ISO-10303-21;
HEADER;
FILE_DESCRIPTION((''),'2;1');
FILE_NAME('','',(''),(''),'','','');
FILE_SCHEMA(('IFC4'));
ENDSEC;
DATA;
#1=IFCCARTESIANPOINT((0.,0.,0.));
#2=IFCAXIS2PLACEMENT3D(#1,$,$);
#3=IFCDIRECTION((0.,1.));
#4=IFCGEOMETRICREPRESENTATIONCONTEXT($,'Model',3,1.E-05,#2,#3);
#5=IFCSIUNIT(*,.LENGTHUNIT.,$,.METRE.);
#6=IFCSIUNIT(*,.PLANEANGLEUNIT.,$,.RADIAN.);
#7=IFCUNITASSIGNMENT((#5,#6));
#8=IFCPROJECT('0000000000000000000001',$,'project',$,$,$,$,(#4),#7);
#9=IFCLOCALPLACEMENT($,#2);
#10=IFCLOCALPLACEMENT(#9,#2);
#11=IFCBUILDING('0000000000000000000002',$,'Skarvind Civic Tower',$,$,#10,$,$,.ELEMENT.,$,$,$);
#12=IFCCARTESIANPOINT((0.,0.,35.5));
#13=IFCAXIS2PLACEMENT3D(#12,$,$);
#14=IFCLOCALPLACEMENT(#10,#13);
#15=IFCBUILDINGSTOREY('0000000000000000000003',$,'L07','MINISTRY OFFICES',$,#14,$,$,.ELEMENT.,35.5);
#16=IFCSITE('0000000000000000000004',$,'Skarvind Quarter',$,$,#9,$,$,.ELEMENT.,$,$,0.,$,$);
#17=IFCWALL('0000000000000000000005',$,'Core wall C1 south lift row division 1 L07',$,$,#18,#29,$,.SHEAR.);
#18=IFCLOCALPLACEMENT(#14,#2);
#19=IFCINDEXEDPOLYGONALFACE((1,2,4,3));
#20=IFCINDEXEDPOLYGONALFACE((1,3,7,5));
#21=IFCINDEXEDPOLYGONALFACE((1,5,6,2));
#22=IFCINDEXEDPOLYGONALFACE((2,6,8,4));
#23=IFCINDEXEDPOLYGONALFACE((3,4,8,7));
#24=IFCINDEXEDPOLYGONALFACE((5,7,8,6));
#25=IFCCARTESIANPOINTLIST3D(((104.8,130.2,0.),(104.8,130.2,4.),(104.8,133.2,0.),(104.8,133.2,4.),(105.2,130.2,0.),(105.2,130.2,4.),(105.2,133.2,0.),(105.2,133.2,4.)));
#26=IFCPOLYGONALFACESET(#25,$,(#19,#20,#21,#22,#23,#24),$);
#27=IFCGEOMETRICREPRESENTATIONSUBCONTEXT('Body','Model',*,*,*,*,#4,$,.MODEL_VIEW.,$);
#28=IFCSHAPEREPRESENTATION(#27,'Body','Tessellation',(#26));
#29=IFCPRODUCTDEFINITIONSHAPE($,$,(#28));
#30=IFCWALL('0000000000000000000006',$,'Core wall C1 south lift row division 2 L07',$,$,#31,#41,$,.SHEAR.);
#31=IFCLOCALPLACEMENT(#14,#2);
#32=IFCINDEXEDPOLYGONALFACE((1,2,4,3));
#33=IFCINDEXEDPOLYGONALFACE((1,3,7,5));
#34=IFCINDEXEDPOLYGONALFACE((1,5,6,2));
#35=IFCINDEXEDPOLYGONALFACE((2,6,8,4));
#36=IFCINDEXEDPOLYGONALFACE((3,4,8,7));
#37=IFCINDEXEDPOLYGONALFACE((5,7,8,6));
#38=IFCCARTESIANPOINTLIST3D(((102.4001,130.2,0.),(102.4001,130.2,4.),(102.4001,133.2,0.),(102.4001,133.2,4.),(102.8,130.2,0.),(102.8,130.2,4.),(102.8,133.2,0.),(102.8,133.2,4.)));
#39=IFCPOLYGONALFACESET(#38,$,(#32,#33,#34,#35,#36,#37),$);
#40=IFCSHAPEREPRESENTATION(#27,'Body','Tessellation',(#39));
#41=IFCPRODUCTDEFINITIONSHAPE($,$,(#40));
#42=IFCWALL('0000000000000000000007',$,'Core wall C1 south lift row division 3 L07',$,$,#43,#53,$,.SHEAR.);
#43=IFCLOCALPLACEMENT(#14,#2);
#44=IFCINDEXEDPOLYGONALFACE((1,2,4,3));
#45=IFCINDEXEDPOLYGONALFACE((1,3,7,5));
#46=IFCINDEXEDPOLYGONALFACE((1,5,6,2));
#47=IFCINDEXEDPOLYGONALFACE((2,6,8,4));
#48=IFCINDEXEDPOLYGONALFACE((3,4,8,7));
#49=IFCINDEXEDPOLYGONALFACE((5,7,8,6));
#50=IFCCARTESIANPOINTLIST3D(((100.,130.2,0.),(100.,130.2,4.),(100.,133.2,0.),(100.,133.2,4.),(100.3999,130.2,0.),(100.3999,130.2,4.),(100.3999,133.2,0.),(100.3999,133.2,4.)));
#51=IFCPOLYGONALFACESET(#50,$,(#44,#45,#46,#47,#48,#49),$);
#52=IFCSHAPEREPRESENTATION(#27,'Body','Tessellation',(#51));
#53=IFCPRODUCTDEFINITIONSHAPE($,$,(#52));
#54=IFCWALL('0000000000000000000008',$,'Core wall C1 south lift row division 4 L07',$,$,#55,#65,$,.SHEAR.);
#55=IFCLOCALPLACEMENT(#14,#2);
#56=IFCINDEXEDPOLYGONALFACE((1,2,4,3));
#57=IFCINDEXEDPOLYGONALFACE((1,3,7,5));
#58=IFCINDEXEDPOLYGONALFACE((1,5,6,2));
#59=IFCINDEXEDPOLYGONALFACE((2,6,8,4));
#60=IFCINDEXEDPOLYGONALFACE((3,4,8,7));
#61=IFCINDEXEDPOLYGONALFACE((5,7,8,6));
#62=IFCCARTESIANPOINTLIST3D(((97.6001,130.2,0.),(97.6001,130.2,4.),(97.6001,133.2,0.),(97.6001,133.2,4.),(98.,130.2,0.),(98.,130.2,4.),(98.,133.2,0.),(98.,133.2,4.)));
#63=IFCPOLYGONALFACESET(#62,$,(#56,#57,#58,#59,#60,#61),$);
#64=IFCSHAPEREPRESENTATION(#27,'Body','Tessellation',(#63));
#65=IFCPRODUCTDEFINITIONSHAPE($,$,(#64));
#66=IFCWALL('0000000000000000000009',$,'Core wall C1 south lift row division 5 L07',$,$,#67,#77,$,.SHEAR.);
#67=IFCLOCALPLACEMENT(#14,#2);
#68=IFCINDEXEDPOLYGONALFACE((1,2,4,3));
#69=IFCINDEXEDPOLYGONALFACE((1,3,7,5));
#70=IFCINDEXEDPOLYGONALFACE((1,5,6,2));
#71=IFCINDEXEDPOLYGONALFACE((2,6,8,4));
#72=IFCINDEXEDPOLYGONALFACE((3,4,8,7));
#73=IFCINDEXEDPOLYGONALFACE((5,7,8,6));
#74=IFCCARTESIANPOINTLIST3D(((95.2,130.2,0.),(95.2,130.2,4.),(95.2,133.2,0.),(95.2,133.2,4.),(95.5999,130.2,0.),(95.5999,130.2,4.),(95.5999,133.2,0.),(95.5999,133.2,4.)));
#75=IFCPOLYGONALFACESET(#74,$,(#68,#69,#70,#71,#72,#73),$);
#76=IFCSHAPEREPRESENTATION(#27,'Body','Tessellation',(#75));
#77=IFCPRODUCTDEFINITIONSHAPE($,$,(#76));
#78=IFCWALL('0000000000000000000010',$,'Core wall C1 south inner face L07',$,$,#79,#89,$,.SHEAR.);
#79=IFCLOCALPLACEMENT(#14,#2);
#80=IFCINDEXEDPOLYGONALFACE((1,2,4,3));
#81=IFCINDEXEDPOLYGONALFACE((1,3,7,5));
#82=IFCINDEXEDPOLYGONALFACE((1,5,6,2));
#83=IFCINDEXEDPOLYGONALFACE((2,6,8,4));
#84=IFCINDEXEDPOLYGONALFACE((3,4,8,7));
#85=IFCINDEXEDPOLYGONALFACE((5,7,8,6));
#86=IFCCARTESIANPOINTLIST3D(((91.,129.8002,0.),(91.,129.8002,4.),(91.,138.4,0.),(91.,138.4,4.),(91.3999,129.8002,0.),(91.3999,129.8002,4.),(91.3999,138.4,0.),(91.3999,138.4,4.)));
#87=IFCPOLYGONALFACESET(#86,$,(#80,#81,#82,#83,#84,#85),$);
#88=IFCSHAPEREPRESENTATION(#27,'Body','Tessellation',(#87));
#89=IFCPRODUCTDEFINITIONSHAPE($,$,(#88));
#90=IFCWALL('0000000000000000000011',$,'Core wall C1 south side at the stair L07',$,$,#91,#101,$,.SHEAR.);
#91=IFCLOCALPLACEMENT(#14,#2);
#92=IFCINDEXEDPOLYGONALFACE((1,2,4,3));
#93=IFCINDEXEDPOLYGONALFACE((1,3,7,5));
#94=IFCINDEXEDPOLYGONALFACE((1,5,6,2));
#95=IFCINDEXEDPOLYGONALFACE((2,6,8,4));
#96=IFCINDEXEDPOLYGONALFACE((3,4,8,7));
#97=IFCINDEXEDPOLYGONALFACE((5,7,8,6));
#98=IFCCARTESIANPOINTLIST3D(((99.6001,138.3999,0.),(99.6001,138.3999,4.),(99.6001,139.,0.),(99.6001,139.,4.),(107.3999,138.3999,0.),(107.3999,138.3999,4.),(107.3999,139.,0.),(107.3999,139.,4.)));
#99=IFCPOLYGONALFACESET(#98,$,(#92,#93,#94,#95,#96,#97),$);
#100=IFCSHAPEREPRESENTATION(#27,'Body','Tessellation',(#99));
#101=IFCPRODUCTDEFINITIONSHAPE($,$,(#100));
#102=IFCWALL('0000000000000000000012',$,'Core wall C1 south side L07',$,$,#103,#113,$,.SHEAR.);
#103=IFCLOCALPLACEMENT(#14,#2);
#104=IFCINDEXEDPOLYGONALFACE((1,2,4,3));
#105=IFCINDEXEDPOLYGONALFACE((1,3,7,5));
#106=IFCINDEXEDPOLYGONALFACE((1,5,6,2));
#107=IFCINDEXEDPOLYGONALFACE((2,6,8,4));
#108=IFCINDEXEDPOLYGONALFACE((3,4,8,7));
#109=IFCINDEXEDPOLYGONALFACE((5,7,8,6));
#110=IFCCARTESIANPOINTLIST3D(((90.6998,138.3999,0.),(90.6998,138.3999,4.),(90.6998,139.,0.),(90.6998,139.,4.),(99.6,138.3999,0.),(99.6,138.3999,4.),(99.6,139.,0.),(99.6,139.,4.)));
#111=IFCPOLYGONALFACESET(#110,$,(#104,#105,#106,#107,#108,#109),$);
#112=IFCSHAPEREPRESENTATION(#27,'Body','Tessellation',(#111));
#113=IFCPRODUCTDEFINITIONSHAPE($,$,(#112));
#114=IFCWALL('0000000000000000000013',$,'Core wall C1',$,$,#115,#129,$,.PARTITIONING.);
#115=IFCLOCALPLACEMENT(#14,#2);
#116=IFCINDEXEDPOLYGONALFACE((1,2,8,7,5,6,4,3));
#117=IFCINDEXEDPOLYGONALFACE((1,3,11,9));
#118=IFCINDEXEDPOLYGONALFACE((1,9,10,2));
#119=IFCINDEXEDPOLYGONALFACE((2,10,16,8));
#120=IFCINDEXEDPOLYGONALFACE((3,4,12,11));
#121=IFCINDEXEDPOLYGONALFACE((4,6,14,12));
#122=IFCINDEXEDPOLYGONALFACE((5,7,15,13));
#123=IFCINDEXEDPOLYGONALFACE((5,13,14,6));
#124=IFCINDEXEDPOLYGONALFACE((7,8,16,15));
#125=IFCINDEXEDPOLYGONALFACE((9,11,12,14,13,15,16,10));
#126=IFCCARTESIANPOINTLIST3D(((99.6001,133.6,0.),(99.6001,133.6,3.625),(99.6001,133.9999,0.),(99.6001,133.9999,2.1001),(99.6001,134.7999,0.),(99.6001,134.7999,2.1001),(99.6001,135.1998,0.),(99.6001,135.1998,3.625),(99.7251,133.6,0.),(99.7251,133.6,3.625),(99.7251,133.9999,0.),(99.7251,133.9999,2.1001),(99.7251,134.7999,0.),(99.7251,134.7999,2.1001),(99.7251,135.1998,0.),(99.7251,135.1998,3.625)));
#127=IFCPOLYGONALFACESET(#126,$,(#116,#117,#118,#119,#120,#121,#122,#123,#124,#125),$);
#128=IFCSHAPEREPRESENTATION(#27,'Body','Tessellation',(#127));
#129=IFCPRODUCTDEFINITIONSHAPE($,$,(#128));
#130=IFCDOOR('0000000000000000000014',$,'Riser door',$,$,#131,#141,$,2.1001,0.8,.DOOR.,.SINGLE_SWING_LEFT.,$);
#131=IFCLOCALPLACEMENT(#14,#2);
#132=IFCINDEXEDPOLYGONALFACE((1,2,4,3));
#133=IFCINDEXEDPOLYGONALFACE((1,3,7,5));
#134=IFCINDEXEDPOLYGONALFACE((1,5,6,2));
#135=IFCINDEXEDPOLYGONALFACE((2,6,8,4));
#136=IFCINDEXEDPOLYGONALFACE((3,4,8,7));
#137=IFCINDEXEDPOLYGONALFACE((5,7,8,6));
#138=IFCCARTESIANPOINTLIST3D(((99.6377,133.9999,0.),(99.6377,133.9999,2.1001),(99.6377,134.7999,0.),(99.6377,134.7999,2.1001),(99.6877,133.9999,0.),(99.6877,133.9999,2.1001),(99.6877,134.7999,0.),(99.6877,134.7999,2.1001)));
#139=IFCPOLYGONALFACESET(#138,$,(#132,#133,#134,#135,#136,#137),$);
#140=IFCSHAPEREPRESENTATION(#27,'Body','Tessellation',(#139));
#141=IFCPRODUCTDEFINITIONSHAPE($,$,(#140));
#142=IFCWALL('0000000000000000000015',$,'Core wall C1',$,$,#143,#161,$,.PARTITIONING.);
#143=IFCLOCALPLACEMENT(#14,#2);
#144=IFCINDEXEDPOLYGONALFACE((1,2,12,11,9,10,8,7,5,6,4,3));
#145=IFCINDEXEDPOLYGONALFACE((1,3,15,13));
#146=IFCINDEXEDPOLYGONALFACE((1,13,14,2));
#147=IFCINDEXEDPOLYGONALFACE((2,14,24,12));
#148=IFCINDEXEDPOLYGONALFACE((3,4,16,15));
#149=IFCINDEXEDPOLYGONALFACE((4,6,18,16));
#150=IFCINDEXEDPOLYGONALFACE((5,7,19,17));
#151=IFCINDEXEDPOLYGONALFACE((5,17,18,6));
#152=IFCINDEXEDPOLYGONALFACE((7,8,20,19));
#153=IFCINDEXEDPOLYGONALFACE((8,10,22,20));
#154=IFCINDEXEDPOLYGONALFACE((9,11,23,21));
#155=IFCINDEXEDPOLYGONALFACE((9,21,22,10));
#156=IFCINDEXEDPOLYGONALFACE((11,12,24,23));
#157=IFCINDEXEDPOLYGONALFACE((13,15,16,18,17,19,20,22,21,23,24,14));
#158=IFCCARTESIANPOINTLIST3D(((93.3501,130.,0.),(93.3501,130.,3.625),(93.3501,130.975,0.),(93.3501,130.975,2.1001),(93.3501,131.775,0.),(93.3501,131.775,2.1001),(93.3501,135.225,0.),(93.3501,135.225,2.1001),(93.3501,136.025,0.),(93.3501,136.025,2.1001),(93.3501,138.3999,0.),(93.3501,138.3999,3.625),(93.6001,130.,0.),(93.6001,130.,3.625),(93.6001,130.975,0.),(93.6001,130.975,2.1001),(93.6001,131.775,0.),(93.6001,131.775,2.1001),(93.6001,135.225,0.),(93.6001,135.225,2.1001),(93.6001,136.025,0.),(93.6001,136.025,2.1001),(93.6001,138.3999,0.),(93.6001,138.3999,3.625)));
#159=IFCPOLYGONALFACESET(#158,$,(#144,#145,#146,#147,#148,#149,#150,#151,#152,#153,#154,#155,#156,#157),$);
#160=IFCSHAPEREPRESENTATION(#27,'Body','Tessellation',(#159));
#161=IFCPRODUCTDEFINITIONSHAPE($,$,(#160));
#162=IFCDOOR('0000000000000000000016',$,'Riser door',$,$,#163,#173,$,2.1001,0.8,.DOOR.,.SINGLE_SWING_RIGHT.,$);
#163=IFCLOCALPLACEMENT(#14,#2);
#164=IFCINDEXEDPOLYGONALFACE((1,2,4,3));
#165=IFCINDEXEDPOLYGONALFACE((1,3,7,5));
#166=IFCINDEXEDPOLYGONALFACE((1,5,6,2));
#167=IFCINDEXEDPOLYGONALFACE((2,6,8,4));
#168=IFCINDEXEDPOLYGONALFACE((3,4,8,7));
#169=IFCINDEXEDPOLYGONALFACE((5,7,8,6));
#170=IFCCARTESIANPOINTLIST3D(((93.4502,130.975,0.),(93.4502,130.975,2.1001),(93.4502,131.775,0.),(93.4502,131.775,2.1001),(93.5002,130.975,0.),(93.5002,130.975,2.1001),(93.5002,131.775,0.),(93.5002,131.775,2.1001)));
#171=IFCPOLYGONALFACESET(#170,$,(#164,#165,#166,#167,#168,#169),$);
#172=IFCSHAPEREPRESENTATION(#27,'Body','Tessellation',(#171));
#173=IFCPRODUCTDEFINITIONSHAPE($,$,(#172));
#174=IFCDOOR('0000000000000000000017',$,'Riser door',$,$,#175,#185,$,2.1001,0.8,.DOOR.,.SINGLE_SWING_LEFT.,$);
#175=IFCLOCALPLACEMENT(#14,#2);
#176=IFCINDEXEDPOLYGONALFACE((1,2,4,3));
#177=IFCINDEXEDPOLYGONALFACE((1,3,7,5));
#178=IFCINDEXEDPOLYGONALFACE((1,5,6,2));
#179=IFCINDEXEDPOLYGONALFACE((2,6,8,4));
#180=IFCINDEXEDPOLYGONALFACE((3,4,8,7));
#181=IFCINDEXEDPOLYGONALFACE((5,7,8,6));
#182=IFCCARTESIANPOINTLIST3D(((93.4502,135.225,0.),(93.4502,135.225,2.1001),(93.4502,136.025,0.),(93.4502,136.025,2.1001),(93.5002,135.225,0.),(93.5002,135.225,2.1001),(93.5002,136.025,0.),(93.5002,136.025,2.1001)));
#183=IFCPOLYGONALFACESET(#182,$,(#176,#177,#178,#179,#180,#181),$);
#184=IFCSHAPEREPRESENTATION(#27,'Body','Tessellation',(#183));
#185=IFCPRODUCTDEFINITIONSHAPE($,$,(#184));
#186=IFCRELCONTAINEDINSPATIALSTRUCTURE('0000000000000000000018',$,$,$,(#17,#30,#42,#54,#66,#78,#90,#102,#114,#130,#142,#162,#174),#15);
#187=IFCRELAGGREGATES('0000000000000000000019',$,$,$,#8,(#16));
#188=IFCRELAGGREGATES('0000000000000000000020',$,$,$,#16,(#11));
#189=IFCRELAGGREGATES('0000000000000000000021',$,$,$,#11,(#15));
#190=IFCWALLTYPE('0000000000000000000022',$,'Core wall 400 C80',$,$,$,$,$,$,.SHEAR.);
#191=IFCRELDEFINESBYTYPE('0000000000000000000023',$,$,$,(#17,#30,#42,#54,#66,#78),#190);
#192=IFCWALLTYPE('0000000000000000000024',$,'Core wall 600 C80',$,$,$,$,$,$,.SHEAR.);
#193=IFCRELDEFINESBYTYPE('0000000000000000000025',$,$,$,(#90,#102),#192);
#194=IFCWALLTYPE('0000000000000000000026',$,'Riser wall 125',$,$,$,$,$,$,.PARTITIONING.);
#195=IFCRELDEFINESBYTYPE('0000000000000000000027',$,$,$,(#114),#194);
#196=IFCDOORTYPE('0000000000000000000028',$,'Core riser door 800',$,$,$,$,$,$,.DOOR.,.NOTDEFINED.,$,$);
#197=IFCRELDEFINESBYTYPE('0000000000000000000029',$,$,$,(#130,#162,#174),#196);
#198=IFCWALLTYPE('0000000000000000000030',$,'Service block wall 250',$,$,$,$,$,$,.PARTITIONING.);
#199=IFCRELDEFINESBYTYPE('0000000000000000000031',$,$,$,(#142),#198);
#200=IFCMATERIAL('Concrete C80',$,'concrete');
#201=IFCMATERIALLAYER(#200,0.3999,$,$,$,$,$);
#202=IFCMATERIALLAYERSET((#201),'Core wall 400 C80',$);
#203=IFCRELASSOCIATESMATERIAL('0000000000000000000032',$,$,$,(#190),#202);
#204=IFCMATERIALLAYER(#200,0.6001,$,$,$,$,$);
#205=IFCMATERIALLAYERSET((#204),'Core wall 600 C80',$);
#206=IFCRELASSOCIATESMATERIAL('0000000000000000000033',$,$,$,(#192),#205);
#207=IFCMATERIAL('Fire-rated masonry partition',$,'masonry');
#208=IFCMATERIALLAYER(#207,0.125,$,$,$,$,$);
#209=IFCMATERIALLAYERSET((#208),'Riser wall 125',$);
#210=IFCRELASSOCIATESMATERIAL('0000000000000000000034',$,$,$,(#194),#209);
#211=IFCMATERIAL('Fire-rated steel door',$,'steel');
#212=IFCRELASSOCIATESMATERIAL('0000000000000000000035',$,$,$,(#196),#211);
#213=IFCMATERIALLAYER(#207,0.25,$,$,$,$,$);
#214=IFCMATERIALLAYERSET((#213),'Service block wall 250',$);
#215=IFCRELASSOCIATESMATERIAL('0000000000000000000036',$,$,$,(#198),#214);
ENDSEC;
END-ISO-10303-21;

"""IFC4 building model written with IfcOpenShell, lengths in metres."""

from ifc_helpers import new_model, si_unit, direction, frame, frame_2d, origin, place, context, subcontext, project, spatial, rectangle, extrude, material, layer, layer_set, type_object, element, fill, save


model = new_model("IFC4")

# Units and contexts
model_context = context("Model", 3, precision=1e-05, world=origin(), true_north=direction((0.0, 1.0)))
body_context = subcontext(model_context, "Body", "Model", "MODEL_VIEW")
ifc_project = project(units=[si_unit("LENGTHUNIT", "METRE"), si_unit("PLANEANGLEUNIT", "RADIAN")], contexts=[model_context])

# Site, building, storey
site_placement = place(None, origin())
site = spatial("IfcSite", under=ifc_project, at=site_placement, Name="Skarvind Quarter", CompositionType="ELEMENT", RefElevation=0.0)
building_placement = place(site_placement, origin())
building = spatial("IfcBuilding", under=site, at=building_placement, Name="Skarvind Civic Tower", CompositionType="ELEMENT")
storey_placement = place(building_placement, frame((0.0, 0.0, 35.5)))
storey = spatial("IfcBuildingStorey", under=building, at=storey_placement, Name="L07", Description="MINISTRY OFFICES", CompositionType="ELEMENT", Elevation=35.5)

# Shared definitions
ifc_material_1 = material(Name="Fire-rated masonry partition", Category="masonry")
ifc_material_2 = material(Name="Fire-rated steel door", Category="steel")

# Shared definitions
ifc_material_3 = material(Name="Concrete C80", Category="concrete")
ifc_layer_1 = layer(ifc_material_3, 0.3999)
ifc_layer_set_1 = layer_set([ifc_layer_1], Name="Core wall 400 C80")
wall_type_1 = type_object("IfcWallType", Name="Core wall 400 C80", PredefinedType="SHEAR", material=ifc_layer_set_1)

# Walls
for number, where, z_axis, x_axis, name in (
    (1, (105.0, 133.2, 0.0), (0.0, 0.0, 1.0), (0.0, -1.0, 0.0), "Core wall C1 south lift row division 1 L07"),
    (2, (102.6001, 133.2, 0.0), (0.0, 0.0, 1.0), (0.0, -1.0, 0.0), "Core wall C1 south lift row division 2 L07"),
    (3, (100.2, 133.2, 0.0), (0.0, 0.0, 1.0), (0.0, -1.0, 0.0), "Core wall C1 south lift row division 3 L07"),
    (4, (97.8, 133.2, 0.0), (0.0, 0.0, 1.0), (0.0, -1.0, 0.0), "Core wall C1 south lift row division 4 L07"),
    (5, (95.3999, 133.2, 0.0), (0.0, 0.0, 1.0), (0.0, -1.0, 0.0), "Core wall C1 south lift row division 5 L07"),
):
    element("IfcWall", number, at=place(storey_placement, frame(where, z_axis=z_axis, x_axis=x_axis)), inside=storey, type_object=wall_type_1, Name=name, PredefinedType="SHEAR", context=body_context, shape_type="SweptSolid", body=[
        extrude(rectangle(XDim=3.0, YDim=0.3999, at=frame_2d((1.5, 0.0))), origin(), (0.0, 0.0, 1.0), 4.0),
    ])
wall_1_placement = place(storey_placement, frame((91.2, 138.3999, 0.0), z_axis=(0.0, 0.0, 1.0), x_axis=(0.0, -1.0, 0.0)))
element("IfcWall", 6, at=wall_1_placement, inside=storey, type_object=wall_type_1, Name="Core wall C1 south inner face L07", PredefinedType="SHEAR", context=body_context, shape_type="SweptSolid", body=[
    extrude(rectangle(XDim=8.5999, YDim=0.3999, at=frame_2d((4.2998, 0.0))), origin(), (0.0, 0.0, 1.0), 4.0),
])
ifc_layer_2 = layer(ifc_material_3, 0.6001)
ifc_layer_set_2 = layer_set([ifc_layer_2], Name="Core wall 600 C80")
wall_type_2 = type_object("IfcWallType", Name="Core wall 600 C80", PredefinedType="SHEAR", material=ifc_layer_set_2)
wall_2_placement = place(storey_placement, frame((107.3999, 138.7, 0.0), z_axis=(0.0, 0.0, 1.0), x_axis=(-1.0, 0.0, 0.0)))
element("IfcWall", 7, at=wall_2_placement, inside=storey, type_object=wall_type_2, Name="Core wall C1 south side at the stair L07", PredefinedType="SHEAR", context=body_context, shape_type="SweptSolid", body=[
    extrude(rectangle(XDim=7.7998, YDim=0.6001, at=frame_2d((3.8999, 0.0))), origin(), (0.0, 0.0, 1.0), 4.0),
])
wall_3_placement = place(storey_placement, frame((99.6001, 138.7, 0.0), z_axis=(0.0, 0.0, 1.0), x_axis=(-1.0, 0.0, 0.0)))
element("IfcWall", 8, at=wall_3_placement, inside=storey, type_object=wall_type_2, Name="Core wall C1 south side L07", PredefinedType="SHEAR", context=body_context, shape_type="SweptSolid", body=[
    extrude(rectangle(XDim=8.9001, YDim=0.6001, at=frame_2d((4.4502, 0.0))), origin(), (0.0, 0.0, 1.0), 4.0),
])

# Wall, opening, door
ifc_layer_3 = layer(ifc_material_1, 0.125)
ifc_layer_set_3 = layer_set([ifc_layer_3], Name="Riser wall 125")
wall_type_3 = type_object("IfcWallType", Name="Riser wall 125", PredefinedType="PARTITIONING", material=ifc_layer_set_3)
wall_4_placement = place(storey_placement, frame((99.6626, 133.6001, 0.0), z_axis=(0.0, 0.0, 1.0), x_axis=(0.0, 1.0, 0.0)))
wall_4 = element("IfcWall", 9, at=wall_4_placement, inside=storey, type_object=wall_type_3, Name="Core wall C1", PredefinedType="PARTITIONING", context=body_context, shape_type="SweptSolid", body=[
    extrude(rectangle(XDim=1.5999, YDim=0.125, at=frame_2d((0.7998, 0.0))), origin(), (0.0, 0.0, 1.0), 3.625),
])
opening_1_placement = place(wall_4_placement, frame((0.3999, 0.0, 0.0)))
opening_1 = element("IfcOpeningElement", 10, at=opening_1_placement, cuts=wall_4, PredefinedType="OPENING", context=body_context, shape_type="SweptSolid", body=[
    extrude(rectangle(XDim=0.8, YDim=2.1001, at=frame_2d((0.3999, 1.05))), frame((0.0, 0.0725, 0.0), z_axis=(0.0, -1.0, 0.0), x_axis=(1.0, 0.0, 0.0)), (0.0, 0.0, 1.0), 0.145),
])
door_type_1 = type_object("IfcDoorType", Name="Core riser door 800", OperationType="NOTDEFINED", PredefinedType="DOOR", material=ifc_material_2)
door_1_placement = place(opening_1_placement, origin())
door_1 = element("IfcDoor", 11, at=door_1_placement, inside=storey, type_object=door_type_1, Name="Riser door", OperationType="SINGLE_SWING_LEFT", OverallHeight=2.1001, OverallWidth=0.8, PredefinedType="DOOR", context=body_context, shape_type="SweptSolid", body=[
    extrude(rectangle(XDim=0.8, YDim=2.1001, at=frame_2d((0.3999, 1.05))), frame((0.0, 0.0249, 0.0), z_axis=(0.0, -1.0, 0.0), x_axis=(1.0, 0.0, 0.0)), (0.0, 0.0, 1.0), 0.05),
])
fill(opening_1, door_1)

# Wall, openings, doors
ifc_layer_4 = layer(ifc_material_1, 0.25)
ifc_layer_set_4 = layer_set([ifc_layer_4], Name="Service block wall 250")
wall_type_4 = type_object("IfcWallType", Name="Service block wall 250", PredefinedType="PARTITIONING", material=ifc_layer_set_4)
wall_5_placement = place(storey_placement, frame((93.4751, 130.0, 0.0), z_axis=(0.0, 0.0, 1.0), x_axis=(0.0, 1.0, 0.0)))
wall_5 = element("IfcWall", 12, at=wall_5_placement, inside=storey, type_object=wall_type_4, Name="Core wall C1", PredefinedType="PARTITIONING", context=body_context, shape_type="SweptSolid", body=[
    extrude(rectangle(XDim=8.3999, YDim=0.25, at=frame_2d((4.2, 0.0))), origin(), (0.0, 0.0, 1.0), 3.625),
])
opening_2_placement = place(wall_5_placement, frame((0.9751, 0.0, 0.0)))
opening_2 = element("IfcOpeningElement", 13, at=opening_2_placement, cuts=wall_5, PredefinedType="OPENING", context=body_context, shape_type="SweptSolid", body=[
    extrude(rectangle(XDim=0.8, YDim=2.1001, at=frame_2d((0.3999, 1.05))), frame((0.0, 0.135, 0.0), z_axis=(0.0, -1.0, 0.0), x_axis=(1.0, 0.0, 0.0)), (0.0, 0.0, 1.0), 0.27),
])
opening_3_placement = place(wall_5_placement, frame((5.2251, 0.0, 0.0)))
opening_3 = element("IfcOpeningElement", 14, at=opening_3_placement, cuts=wall_5, PredefinedType="OPENING", context=body_context, shape_type="SweptSolid", body=[
    extrude(rectangle(XDim=0.8, YDim=2.1001, at=frame_2d((0.3999, 1.05))), frame((0.0, 0.135, 0.0), z_axis=(0.0, -1.0, 0.0), x_axis=(1.0, 0.0, 0.0)), (0.0, 0.0, 1.0), 0.27),
])
door_2_placement = place(opening_2_placement, origin())
door_2 = element("IfcDoor", 15, at=door_2_placement, inside=storey, type_object=door_type_1, Name="Riser door", OperationType="SINGLE_SWING_RIGHT", OverallHeight=2.1001, OverallWidth=0.8, PredefinedType="DOOR", context=body_context, shape_type="SweptSolid", body=[
    extrude(rectangle(XDim=0.8, YDim=2.1001, at=frame_2d((0.3999, 1.05))), frame((0.0, 0.0249, 0.0), z_axis=(0.0, -1.0, 0.0), x_axis=(1.0, 0.0, 0.0)), (0.0, 0.0, 1.0), 0.05),
])
fill(opening_2, door_2)
door_3_placement = place(opening_3_placement, origin())
door_3 = element("IfcDoor", 16, at=door_3_placement, inside=storey, type_object=door_type_1, Name="Riser door", OperationType="SINGLE_SWING_LEFT", OverallHeight=2.1001, OverallWidth=0.8, PredefinedType="DOOR", context=body_context, shape_type="SweptSolid", body=[
    extrude(rectangle(XDim=0.8, YDim=2.1001, at=frame_2d((0.3999, 1.05))), frame((0.0, 0.0249, 0.0), z_axis=(0.0, -1.0, 0.0), x_axis=(1.0, 0.0, 0.0)), (0.0, 0.0, 1.0), 0.05),
])
fill(opening_3, door_3)

save(model, "model.ifc")
